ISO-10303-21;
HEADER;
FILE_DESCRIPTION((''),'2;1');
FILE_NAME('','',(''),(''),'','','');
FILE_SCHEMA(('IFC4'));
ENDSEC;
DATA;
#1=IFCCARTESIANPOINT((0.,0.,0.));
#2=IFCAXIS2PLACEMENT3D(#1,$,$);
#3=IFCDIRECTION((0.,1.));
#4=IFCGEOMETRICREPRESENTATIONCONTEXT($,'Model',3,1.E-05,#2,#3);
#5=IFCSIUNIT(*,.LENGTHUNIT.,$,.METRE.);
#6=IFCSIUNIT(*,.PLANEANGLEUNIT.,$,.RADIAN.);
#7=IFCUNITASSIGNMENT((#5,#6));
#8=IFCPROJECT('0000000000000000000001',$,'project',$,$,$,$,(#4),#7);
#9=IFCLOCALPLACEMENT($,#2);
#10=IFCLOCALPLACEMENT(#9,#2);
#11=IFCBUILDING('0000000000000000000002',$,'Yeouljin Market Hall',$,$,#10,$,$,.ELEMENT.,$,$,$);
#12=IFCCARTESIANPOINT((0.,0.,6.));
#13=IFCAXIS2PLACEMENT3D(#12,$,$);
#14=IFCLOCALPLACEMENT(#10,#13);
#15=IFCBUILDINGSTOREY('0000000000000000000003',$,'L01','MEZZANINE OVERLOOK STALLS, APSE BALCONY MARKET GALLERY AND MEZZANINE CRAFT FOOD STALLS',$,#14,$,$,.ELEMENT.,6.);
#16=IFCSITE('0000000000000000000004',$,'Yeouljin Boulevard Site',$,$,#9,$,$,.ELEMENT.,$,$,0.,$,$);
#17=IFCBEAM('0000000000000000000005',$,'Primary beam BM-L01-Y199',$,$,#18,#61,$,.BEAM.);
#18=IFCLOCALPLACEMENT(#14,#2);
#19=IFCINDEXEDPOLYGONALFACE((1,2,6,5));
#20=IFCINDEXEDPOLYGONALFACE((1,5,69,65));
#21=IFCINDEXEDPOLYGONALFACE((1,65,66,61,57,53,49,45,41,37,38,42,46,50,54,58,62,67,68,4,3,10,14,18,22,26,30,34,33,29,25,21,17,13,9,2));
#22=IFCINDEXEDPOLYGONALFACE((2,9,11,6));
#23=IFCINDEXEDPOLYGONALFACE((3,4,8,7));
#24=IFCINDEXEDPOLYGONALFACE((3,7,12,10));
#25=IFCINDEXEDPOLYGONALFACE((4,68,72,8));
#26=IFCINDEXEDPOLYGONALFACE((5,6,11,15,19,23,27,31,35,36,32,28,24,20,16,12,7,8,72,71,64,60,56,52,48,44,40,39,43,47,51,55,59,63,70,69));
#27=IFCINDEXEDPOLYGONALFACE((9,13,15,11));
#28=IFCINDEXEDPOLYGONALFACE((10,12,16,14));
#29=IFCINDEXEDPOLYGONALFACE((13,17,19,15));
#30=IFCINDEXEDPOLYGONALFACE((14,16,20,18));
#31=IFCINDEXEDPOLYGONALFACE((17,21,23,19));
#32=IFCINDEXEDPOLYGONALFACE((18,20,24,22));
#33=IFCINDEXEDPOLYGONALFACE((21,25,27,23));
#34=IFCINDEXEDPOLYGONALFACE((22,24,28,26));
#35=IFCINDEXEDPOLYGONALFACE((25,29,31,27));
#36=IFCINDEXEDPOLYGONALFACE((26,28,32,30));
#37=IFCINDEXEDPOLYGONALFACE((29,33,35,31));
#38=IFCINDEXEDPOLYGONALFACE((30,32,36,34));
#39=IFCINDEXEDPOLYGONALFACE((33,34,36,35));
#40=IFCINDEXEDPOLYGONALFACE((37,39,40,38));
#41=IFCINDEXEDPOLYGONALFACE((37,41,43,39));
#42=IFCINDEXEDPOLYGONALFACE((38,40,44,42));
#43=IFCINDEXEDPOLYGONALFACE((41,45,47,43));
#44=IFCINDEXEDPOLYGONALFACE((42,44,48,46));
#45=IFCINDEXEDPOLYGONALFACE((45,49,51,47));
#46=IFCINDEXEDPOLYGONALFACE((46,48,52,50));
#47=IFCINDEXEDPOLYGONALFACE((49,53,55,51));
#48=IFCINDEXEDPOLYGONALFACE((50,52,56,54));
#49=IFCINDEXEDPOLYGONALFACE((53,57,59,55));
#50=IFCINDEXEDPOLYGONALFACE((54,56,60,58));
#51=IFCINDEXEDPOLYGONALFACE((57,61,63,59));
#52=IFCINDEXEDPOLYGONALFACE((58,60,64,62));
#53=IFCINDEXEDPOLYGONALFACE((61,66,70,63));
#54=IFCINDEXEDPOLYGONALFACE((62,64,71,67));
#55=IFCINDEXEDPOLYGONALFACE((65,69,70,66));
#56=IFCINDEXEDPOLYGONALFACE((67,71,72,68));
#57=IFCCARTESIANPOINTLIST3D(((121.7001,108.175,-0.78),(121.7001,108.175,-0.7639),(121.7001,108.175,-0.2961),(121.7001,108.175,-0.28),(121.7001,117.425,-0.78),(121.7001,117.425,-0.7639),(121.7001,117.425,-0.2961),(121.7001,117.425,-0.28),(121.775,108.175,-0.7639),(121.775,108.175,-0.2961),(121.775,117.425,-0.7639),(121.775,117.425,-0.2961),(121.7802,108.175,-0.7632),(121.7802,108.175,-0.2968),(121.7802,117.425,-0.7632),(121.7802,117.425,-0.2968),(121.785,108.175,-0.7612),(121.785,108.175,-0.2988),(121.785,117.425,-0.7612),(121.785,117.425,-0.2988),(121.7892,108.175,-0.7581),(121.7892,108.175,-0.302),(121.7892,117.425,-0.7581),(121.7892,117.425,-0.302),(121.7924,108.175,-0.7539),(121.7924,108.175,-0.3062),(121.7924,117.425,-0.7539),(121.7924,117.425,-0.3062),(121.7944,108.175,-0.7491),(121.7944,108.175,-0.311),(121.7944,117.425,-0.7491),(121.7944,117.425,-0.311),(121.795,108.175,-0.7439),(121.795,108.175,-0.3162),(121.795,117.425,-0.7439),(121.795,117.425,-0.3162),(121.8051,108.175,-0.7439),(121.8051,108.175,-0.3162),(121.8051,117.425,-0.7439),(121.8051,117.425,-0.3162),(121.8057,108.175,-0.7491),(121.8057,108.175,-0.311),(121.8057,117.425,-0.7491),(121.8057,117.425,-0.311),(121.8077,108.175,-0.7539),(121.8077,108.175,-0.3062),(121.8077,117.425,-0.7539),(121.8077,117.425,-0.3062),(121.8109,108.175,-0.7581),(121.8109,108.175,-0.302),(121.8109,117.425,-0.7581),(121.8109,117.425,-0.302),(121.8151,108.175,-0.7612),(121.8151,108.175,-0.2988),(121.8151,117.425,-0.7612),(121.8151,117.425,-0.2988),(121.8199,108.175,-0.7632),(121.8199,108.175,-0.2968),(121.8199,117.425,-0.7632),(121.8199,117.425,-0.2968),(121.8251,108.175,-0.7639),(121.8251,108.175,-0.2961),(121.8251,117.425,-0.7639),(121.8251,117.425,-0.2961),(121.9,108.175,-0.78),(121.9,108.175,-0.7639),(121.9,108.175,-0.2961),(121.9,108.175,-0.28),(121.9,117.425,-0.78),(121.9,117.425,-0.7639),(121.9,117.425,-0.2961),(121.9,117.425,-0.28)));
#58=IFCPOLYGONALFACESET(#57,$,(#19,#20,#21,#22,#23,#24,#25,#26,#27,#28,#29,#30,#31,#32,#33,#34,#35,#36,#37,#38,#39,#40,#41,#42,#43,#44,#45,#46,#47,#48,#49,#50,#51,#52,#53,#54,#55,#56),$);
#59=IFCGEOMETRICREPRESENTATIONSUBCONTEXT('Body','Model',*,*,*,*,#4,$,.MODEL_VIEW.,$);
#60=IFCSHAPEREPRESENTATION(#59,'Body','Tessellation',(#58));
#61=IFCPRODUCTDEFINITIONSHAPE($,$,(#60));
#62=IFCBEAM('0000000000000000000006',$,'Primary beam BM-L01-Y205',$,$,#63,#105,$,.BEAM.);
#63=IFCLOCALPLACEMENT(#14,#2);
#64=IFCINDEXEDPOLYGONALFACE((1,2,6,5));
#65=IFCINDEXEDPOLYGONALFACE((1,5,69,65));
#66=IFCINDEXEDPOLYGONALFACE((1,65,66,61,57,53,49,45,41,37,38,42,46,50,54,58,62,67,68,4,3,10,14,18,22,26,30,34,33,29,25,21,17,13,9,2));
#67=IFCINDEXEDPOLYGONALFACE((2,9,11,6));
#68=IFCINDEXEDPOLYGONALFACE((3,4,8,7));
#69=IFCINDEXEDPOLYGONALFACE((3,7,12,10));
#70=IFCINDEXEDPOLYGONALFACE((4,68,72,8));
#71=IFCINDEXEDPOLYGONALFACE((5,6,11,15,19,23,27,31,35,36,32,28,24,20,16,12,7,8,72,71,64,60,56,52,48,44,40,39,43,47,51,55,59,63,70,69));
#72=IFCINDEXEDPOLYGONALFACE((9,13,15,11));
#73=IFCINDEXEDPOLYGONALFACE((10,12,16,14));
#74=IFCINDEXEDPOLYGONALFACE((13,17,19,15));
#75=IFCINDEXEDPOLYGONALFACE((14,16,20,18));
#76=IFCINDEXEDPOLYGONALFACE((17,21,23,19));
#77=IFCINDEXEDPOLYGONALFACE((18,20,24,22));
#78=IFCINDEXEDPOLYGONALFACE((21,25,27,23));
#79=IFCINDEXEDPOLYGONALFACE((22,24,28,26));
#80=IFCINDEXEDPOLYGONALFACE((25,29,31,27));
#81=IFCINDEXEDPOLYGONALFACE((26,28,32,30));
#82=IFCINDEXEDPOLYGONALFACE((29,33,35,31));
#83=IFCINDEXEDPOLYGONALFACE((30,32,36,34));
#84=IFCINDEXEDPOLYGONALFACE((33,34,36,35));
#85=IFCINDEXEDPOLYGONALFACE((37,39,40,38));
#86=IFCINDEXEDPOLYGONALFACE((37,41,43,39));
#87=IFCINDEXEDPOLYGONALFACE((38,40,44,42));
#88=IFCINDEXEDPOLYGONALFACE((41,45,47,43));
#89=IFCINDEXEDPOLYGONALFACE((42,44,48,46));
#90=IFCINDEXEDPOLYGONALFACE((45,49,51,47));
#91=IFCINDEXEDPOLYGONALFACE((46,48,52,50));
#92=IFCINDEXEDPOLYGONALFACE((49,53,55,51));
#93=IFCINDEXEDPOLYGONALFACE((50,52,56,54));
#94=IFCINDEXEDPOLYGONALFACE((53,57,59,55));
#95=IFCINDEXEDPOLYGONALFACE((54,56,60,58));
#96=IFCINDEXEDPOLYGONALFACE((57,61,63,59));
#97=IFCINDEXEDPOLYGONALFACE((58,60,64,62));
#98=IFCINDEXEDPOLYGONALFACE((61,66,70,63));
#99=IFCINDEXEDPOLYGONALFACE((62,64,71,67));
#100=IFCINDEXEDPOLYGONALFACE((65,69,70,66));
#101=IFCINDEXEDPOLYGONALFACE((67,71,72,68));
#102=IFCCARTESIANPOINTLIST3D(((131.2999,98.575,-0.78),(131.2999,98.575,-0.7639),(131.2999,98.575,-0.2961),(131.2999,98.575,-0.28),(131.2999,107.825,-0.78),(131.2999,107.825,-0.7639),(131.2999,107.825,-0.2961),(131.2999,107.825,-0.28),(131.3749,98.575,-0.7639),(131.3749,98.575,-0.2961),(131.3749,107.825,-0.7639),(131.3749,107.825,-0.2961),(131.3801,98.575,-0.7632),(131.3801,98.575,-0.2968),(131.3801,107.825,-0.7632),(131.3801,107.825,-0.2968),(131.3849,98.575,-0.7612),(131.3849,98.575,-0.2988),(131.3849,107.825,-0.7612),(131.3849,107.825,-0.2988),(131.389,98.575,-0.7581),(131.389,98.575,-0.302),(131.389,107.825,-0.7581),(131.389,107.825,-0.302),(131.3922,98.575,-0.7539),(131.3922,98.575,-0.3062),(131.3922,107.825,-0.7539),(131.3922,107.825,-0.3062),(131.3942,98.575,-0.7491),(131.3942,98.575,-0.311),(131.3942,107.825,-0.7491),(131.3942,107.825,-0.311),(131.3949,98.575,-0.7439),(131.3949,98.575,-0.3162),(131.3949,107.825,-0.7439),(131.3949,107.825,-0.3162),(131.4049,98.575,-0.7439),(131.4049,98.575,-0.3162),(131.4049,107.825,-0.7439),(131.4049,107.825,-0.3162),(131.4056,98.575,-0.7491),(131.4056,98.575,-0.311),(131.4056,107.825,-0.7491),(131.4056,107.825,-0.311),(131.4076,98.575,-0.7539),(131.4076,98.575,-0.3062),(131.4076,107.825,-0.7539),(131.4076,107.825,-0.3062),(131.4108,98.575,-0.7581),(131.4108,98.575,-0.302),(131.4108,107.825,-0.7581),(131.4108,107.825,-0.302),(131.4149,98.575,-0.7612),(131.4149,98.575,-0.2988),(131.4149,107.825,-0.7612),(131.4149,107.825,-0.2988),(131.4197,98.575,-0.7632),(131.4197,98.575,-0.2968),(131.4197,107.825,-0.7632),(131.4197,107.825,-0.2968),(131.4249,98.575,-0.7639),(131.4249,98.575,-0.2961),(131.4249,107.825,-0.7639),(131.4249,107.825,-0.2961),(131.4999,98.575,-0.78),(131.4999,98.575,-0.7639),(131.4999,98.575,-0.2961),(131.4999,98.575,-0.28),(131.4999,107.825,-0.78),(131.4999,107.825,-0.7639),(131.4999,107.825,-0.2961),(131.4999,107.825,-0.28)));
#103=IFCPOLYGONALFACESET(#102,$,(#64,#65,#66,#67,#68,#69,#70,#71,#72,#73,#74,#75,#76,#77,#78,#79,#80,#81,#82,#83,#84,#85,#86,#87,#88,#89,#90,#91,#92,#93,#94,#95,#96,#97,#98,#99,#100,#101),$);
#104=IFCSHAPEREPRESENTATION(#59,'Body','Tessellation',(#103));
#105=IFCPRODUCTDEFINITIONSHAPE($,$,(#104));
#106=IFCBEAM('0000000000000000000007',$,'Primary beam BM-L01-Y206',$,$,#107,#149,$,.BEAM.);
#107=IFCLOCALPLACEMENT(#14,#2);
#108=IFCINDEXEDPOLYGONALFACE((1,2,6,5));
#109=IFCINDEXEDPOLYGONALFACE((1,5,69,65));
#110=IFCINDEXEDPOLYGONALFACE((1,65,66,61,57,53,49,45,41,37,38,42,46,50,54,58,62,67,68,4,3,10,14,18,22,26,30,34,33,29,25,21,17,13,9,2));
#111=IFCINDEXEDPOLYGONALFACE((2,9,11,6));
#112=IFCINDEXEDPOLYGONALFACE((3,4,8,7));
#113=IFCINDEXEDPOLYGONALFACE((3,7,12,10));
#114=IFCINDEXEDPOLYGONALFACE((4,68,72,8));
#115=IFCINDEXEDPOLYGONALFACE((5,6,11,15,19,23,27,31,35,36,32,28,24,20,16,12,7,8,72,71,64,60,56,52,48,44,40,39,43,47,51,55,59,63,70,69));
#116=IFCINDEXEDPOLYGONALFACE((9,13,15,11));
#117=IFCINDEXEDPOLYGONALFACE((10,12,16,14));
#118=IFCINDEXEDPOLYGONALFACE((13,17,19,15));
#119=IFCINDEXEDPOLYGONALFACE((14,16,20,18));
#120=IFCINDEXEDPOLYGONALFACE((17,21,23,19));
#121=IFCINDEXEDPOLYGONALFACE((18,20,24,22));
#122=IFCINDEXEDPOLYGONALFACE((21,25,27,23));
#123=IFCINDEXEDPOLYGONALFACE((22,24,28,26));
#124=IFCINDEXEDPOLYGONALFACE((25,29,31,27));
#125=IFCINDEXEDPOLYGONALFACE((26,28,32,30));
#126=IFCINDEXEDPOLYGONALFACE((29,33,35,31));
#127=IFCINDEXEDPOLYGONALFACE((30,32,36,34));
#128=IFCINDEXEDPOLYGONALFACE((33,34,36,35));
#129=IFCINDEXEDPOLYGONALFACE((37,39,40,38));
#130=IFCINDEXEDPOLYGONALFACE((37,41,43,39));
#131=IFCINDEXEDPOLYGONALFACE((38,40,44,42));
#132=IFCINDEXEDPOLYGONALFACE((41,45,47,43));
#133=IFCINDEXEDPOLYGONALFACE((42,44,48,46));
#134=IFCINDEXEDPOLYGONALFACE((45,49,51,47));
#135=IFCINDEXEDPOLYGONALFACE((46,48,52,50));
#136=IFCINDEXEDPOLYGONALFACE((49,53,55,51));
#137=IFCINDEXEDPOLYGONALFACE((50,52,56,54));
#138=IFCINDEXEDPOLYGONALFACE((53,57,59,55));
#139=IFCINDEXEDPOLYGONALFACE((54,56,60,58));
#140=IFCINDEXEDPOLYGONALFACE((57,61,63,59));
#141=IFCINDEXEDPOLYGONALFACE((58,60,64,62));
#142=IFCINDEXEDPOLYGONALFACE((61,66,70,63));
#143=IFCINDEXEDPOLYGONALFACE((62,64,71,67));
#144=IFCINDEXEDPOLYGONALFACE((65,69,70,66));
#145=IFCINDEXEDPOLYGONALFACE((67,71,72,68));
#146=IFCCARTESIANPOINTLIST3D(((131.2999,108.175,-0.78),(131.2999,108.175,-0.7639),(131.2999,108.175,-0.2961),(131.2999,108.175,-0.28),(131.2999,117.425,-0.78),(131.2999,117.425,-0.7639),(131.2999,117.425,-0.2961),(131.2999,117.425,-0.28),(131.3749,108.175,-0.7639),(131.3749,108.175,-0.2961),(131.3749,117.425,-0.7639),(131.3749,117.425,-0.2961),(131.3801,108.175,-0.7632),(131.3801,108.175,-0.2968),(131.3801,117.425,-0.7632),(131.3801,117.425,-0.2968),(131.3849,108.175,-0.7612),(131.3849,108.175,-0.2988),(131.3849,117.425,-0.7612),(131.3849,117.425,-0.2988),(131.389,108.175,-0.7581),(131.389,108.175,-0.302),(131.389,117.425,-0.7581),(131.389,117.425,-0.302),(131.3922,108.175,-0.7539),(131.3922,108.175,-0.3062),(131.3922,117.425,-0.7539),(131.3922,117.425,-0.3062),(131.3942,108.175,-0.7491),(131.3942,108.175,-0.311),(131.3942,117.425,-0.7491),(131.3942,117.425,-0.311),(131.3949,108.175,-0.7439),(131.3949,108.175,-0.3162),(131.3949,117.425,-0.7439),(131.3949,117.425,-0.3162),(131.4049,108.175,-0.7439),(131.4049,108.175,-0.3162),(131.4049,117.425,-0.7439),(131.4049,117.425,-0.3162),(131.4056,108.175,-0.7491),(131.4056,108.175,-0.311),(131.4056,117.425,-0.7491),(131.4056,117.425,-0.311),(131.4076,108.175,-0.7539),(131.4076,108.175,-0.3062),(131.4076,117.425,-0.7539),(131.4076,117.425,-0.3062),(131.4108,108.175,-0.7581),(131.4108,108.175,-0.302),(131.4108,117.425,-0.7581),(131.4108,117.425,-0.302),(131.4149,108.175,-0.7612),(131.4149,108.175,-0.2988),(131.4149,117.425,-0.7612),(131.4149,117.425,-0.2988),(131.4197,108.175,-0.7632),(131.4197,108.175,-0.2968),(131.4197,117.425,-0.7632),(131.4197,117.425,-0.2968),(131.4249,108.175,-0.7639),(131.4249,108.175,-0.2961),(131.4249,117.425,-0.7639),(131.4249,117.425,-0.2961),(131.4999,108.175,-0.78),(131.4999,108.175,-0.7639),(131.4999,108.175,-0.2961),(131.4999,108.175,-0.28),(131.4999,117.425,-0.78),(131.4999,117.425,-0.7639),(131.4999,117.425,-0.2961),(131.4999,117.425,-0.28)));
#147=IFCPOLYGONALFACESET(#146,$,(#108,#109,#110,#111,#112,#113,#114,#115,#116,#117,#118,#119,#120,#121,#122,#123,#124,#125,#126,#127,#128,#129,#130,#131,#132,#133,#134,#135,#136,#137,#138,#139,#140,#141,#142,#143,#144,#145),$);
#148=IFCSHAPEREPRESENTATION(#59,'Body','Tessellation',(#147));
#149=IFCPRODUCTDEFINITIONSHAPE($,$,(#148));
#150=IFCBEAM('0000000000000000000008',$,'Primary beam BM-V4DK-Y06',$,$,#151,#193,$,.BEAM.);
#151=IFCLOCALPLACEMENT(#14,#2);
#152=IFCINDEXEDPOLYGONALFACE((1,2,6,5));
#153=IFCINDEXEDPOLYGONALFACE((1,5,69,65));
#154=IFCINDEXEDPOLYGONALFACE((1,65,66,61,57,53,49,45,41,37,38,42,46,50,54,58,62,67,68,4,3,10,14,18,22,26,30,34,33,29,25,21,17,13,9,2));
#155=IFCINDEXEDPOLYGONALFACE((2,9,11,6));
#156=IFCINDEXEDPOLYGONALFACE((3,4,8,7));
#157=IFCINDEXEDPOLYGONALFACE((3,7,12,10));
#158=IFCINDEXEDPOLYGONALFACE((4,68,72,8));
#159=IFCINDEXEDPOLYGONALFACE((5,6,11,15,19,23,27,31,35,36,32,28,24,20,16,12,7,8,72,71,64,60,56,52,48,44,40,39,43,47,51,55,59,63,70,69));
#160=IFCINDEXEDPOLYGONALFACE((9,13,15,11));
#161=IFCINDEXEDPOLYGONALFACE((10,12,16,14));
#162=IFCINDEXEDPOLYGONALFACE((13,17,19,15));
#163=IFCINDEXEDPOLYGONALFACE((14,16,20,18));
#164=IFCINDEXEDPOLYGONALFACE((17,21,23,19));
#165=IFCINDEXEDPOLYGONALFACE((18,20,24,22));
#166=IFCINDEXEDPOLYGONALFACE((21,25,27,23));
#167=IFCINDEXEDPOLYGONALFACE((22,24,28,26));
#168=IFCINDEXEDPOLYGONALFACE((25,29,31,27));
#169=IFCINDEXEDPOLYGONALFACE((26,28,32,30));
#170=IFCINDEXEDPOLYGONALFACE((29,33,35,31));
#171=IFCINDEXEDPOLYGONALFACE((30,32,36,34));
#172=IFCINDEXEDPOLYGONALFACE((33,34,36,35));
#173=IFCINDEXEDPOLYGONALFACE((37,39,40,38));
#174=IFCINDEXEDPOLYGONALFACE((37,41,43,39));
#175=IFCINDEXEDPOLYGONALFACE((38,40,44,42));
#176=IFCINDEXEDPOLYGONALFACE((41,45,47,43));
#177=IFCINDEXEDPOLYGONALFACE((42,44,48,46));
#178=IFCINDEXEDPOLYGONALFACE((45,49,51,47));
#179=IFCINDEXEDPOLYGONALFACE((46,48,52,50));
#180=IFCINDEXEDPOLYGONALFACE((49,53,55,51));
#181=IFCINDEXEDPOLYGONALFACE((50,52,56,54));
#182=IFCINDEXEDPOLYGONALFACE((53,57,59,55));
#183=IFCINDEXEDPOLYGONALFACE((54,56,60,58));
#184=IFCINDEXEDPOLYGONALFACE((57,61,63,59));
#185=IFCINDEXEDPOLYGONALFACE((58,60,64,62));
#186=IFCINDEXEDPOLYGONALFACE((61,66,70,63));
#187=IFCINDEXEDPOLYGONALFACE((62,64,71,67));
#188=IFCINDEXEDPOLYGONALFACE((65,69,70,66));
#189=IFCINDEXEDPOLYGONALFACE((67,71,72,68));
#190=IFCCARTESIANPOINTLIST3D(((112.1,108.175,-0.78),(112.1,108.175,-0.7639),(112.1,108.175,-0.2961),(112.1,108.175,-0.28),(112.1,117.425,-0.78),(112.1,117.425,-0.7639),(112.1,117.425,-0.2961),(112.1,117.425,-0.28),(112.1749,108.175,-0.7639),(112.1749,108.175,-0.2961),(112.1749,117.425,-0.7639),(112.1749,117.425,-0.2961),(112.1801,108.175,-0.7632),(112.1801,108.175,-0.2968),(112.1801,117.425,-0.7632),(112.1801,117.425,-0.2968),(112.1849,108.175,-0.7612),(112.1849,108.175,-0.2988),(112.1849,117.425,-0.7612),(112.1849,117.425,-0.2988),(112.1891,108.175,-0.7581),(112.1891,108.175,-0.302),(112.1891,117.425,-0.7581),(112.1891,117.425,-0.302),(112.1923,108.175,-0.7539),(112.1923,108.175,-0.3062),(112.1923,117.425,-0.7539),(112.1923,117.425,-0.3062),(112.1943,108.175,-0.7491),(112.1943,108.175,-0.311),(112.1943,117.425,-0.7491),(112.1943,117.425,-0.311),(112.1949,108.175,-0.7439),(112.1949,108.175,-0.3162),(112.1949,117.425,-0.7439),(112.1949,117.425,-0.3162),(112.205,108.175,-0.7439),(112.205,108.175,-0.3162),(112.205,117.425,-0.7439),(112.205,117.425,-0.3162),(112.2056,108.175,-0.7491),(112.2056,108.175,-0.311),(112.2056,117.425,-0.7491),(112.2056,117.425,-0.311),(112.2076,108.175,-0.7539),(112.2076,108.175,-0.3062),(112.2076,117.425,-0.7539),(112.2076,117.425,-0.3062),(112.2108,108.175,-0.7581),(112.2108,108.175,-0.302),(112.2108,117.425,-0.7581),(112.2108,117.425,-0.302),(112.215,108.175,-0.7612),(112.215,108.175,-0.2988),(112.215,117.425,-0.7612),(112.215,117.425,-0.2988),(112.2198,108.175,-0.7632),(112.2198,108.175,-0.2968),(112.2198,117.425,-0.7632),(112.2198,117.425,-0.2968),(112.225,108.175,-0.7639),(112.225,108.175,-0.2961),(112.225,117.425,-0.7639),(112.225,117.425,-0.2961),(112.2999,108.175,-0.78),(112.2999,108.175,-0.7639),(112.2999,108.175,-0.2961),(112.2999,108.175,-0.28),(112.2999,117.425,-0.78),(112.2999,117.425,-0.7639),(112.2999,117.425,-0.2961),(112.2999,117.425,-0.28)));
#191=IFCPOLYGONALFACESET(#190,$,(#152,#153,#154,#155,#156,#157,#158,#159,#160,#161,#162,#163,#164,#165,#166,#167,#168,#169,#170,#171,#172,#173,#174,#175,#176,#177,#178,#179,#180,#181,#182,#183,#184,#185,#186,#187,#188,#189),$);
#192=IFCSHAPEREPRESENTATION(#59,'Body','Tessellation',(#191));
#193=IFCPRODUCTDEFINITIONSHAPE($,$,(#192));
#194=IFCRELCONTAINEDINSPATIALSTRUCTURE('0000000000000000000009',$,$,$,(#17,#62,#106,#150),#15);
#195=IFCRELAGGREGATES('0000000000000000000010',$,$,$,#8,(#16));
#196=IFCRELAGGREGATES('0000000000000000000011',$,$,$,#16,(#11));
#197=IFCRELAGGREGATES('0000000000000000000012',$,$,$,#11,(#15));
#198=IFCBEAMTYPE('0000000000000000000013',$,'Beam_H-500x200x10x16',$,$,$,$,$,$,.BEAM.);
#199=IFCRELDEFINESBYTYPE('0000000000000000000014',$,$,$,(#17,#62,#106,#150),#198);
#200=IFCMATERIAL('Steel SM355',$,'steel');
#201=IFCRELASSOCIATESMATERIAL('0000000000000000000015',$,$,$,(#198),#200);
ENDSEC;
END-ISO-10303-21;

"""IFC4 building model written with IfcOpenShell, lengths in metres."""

from ifc_helpers import new_model, si_unit, direction, frame, origin, origin_2d, place, context, subcontext, project, spatial, i_section, extrude, material, material_profile, profile_set, type_object, element, save


model = new_model("IFC4")

# Units and contexts
model_context = context("Model", 3, precision=1e-05, world=origin(), true_north=direction((0.0, 1.0)))
body_context = subcontext(model_context, "Body", "Model", "MODEL_VIEW")
ifc_project = project(units=[si_unit("LENGTHUNIT", "METRE"), si_unit("PLANEANGLEUNIT", "RADIAN")], contexts=[model_context])

# Site, building, storey
site_placement = place(None, origin())
site = spatial("IfcSite", under=ifc_project, at=site_placement, Name="Yeouljin Boulevard Site", CompositionType="ELEMENT", RefElevation=0.0)
building_placement = place(site_placement, origin())
building = spatial("IfcBuilding", under=site, at=building_placement, Name="Yeouljin Market Hall", CompositionType="ELEMENT")
storey_placement = place(building_placement, frame((0.0, 0.0, 6.0)))
storey = spatial("IfcBuildingStorey", under=building, at=storey_placement, Name="L01", Description="MEZZANINE OVERLOOK STALLS, APSE BALCONY MARKET GALLERY AND MEZZANINE CRAFT FOOD STALLS", CompositionType="ELEMENT", Elevation=6.0)

# Beams
ifc_material_1 = material(Name="Steel SM355", Category="steel")
ifc_material_profile_1 = material_profile(ifc_material_1, i_section(OverallWidth=0.2, OverallDepth=0.5, WebThickness=0.01, FlangeThickness=0.0161, FilletRadius=0.02, at=origin_2d()), Name="H-500x200x10x16")
ifc_profile_set_1 = profile_set([ifc_material_profile_1], Name="Steel SM355")
beam_type_1 = type_object("IfcBeamType", Name="Beam_H-500x200x10x16", PredefinedType="BEAM", material=ifc_profile_set_1)
for number, where, z_axis, x_axis, name in (
    (1, (121.8, 108.175, -0.53), (0.0, 1.0, 0.0), (-1.0, 0.0, 0.0), "Primary beam BM-L01-Y199"),
    (2, (131.3999, 98.575, -0.53), (0.0, 1.0, 0.0), (-1.0, 0.0, 0.0), "Primary beam BM-L01-Y205"),
    (3, (131.3999, 108.175, -0.53), (0.0, 1.0, 0.0), (-1.0, 0.0, 0.0), "Primary beam BM-L01-Y206"),
    (4, (112.2, 108.175, -0.53), (0.0, 1.0, 0.0), (-1.0, 0.0, 0.0), "Primary beam BM-V4DK-Y06"),
):
    element("IfcBeam", number, at=place(storey_placement, frame(where, z_axis=z_axis, x_axis=x_axis)), inside=storey, type_object=beam_type_1, Name=name, PredefinedType="BEAM", context=body_context, shape_type="SweptSolid", body=[
        extrude(i_section(OverallWidth=0.2, OverallDepth=0.5, WebThickness=0.01, FlangeThickness=0.0161, FilletRadius=0.02, at=origin_2d()), origin(), (0.0, 0.0, 1.0), 9.25),
    ])

save(model, "model.ifc")
